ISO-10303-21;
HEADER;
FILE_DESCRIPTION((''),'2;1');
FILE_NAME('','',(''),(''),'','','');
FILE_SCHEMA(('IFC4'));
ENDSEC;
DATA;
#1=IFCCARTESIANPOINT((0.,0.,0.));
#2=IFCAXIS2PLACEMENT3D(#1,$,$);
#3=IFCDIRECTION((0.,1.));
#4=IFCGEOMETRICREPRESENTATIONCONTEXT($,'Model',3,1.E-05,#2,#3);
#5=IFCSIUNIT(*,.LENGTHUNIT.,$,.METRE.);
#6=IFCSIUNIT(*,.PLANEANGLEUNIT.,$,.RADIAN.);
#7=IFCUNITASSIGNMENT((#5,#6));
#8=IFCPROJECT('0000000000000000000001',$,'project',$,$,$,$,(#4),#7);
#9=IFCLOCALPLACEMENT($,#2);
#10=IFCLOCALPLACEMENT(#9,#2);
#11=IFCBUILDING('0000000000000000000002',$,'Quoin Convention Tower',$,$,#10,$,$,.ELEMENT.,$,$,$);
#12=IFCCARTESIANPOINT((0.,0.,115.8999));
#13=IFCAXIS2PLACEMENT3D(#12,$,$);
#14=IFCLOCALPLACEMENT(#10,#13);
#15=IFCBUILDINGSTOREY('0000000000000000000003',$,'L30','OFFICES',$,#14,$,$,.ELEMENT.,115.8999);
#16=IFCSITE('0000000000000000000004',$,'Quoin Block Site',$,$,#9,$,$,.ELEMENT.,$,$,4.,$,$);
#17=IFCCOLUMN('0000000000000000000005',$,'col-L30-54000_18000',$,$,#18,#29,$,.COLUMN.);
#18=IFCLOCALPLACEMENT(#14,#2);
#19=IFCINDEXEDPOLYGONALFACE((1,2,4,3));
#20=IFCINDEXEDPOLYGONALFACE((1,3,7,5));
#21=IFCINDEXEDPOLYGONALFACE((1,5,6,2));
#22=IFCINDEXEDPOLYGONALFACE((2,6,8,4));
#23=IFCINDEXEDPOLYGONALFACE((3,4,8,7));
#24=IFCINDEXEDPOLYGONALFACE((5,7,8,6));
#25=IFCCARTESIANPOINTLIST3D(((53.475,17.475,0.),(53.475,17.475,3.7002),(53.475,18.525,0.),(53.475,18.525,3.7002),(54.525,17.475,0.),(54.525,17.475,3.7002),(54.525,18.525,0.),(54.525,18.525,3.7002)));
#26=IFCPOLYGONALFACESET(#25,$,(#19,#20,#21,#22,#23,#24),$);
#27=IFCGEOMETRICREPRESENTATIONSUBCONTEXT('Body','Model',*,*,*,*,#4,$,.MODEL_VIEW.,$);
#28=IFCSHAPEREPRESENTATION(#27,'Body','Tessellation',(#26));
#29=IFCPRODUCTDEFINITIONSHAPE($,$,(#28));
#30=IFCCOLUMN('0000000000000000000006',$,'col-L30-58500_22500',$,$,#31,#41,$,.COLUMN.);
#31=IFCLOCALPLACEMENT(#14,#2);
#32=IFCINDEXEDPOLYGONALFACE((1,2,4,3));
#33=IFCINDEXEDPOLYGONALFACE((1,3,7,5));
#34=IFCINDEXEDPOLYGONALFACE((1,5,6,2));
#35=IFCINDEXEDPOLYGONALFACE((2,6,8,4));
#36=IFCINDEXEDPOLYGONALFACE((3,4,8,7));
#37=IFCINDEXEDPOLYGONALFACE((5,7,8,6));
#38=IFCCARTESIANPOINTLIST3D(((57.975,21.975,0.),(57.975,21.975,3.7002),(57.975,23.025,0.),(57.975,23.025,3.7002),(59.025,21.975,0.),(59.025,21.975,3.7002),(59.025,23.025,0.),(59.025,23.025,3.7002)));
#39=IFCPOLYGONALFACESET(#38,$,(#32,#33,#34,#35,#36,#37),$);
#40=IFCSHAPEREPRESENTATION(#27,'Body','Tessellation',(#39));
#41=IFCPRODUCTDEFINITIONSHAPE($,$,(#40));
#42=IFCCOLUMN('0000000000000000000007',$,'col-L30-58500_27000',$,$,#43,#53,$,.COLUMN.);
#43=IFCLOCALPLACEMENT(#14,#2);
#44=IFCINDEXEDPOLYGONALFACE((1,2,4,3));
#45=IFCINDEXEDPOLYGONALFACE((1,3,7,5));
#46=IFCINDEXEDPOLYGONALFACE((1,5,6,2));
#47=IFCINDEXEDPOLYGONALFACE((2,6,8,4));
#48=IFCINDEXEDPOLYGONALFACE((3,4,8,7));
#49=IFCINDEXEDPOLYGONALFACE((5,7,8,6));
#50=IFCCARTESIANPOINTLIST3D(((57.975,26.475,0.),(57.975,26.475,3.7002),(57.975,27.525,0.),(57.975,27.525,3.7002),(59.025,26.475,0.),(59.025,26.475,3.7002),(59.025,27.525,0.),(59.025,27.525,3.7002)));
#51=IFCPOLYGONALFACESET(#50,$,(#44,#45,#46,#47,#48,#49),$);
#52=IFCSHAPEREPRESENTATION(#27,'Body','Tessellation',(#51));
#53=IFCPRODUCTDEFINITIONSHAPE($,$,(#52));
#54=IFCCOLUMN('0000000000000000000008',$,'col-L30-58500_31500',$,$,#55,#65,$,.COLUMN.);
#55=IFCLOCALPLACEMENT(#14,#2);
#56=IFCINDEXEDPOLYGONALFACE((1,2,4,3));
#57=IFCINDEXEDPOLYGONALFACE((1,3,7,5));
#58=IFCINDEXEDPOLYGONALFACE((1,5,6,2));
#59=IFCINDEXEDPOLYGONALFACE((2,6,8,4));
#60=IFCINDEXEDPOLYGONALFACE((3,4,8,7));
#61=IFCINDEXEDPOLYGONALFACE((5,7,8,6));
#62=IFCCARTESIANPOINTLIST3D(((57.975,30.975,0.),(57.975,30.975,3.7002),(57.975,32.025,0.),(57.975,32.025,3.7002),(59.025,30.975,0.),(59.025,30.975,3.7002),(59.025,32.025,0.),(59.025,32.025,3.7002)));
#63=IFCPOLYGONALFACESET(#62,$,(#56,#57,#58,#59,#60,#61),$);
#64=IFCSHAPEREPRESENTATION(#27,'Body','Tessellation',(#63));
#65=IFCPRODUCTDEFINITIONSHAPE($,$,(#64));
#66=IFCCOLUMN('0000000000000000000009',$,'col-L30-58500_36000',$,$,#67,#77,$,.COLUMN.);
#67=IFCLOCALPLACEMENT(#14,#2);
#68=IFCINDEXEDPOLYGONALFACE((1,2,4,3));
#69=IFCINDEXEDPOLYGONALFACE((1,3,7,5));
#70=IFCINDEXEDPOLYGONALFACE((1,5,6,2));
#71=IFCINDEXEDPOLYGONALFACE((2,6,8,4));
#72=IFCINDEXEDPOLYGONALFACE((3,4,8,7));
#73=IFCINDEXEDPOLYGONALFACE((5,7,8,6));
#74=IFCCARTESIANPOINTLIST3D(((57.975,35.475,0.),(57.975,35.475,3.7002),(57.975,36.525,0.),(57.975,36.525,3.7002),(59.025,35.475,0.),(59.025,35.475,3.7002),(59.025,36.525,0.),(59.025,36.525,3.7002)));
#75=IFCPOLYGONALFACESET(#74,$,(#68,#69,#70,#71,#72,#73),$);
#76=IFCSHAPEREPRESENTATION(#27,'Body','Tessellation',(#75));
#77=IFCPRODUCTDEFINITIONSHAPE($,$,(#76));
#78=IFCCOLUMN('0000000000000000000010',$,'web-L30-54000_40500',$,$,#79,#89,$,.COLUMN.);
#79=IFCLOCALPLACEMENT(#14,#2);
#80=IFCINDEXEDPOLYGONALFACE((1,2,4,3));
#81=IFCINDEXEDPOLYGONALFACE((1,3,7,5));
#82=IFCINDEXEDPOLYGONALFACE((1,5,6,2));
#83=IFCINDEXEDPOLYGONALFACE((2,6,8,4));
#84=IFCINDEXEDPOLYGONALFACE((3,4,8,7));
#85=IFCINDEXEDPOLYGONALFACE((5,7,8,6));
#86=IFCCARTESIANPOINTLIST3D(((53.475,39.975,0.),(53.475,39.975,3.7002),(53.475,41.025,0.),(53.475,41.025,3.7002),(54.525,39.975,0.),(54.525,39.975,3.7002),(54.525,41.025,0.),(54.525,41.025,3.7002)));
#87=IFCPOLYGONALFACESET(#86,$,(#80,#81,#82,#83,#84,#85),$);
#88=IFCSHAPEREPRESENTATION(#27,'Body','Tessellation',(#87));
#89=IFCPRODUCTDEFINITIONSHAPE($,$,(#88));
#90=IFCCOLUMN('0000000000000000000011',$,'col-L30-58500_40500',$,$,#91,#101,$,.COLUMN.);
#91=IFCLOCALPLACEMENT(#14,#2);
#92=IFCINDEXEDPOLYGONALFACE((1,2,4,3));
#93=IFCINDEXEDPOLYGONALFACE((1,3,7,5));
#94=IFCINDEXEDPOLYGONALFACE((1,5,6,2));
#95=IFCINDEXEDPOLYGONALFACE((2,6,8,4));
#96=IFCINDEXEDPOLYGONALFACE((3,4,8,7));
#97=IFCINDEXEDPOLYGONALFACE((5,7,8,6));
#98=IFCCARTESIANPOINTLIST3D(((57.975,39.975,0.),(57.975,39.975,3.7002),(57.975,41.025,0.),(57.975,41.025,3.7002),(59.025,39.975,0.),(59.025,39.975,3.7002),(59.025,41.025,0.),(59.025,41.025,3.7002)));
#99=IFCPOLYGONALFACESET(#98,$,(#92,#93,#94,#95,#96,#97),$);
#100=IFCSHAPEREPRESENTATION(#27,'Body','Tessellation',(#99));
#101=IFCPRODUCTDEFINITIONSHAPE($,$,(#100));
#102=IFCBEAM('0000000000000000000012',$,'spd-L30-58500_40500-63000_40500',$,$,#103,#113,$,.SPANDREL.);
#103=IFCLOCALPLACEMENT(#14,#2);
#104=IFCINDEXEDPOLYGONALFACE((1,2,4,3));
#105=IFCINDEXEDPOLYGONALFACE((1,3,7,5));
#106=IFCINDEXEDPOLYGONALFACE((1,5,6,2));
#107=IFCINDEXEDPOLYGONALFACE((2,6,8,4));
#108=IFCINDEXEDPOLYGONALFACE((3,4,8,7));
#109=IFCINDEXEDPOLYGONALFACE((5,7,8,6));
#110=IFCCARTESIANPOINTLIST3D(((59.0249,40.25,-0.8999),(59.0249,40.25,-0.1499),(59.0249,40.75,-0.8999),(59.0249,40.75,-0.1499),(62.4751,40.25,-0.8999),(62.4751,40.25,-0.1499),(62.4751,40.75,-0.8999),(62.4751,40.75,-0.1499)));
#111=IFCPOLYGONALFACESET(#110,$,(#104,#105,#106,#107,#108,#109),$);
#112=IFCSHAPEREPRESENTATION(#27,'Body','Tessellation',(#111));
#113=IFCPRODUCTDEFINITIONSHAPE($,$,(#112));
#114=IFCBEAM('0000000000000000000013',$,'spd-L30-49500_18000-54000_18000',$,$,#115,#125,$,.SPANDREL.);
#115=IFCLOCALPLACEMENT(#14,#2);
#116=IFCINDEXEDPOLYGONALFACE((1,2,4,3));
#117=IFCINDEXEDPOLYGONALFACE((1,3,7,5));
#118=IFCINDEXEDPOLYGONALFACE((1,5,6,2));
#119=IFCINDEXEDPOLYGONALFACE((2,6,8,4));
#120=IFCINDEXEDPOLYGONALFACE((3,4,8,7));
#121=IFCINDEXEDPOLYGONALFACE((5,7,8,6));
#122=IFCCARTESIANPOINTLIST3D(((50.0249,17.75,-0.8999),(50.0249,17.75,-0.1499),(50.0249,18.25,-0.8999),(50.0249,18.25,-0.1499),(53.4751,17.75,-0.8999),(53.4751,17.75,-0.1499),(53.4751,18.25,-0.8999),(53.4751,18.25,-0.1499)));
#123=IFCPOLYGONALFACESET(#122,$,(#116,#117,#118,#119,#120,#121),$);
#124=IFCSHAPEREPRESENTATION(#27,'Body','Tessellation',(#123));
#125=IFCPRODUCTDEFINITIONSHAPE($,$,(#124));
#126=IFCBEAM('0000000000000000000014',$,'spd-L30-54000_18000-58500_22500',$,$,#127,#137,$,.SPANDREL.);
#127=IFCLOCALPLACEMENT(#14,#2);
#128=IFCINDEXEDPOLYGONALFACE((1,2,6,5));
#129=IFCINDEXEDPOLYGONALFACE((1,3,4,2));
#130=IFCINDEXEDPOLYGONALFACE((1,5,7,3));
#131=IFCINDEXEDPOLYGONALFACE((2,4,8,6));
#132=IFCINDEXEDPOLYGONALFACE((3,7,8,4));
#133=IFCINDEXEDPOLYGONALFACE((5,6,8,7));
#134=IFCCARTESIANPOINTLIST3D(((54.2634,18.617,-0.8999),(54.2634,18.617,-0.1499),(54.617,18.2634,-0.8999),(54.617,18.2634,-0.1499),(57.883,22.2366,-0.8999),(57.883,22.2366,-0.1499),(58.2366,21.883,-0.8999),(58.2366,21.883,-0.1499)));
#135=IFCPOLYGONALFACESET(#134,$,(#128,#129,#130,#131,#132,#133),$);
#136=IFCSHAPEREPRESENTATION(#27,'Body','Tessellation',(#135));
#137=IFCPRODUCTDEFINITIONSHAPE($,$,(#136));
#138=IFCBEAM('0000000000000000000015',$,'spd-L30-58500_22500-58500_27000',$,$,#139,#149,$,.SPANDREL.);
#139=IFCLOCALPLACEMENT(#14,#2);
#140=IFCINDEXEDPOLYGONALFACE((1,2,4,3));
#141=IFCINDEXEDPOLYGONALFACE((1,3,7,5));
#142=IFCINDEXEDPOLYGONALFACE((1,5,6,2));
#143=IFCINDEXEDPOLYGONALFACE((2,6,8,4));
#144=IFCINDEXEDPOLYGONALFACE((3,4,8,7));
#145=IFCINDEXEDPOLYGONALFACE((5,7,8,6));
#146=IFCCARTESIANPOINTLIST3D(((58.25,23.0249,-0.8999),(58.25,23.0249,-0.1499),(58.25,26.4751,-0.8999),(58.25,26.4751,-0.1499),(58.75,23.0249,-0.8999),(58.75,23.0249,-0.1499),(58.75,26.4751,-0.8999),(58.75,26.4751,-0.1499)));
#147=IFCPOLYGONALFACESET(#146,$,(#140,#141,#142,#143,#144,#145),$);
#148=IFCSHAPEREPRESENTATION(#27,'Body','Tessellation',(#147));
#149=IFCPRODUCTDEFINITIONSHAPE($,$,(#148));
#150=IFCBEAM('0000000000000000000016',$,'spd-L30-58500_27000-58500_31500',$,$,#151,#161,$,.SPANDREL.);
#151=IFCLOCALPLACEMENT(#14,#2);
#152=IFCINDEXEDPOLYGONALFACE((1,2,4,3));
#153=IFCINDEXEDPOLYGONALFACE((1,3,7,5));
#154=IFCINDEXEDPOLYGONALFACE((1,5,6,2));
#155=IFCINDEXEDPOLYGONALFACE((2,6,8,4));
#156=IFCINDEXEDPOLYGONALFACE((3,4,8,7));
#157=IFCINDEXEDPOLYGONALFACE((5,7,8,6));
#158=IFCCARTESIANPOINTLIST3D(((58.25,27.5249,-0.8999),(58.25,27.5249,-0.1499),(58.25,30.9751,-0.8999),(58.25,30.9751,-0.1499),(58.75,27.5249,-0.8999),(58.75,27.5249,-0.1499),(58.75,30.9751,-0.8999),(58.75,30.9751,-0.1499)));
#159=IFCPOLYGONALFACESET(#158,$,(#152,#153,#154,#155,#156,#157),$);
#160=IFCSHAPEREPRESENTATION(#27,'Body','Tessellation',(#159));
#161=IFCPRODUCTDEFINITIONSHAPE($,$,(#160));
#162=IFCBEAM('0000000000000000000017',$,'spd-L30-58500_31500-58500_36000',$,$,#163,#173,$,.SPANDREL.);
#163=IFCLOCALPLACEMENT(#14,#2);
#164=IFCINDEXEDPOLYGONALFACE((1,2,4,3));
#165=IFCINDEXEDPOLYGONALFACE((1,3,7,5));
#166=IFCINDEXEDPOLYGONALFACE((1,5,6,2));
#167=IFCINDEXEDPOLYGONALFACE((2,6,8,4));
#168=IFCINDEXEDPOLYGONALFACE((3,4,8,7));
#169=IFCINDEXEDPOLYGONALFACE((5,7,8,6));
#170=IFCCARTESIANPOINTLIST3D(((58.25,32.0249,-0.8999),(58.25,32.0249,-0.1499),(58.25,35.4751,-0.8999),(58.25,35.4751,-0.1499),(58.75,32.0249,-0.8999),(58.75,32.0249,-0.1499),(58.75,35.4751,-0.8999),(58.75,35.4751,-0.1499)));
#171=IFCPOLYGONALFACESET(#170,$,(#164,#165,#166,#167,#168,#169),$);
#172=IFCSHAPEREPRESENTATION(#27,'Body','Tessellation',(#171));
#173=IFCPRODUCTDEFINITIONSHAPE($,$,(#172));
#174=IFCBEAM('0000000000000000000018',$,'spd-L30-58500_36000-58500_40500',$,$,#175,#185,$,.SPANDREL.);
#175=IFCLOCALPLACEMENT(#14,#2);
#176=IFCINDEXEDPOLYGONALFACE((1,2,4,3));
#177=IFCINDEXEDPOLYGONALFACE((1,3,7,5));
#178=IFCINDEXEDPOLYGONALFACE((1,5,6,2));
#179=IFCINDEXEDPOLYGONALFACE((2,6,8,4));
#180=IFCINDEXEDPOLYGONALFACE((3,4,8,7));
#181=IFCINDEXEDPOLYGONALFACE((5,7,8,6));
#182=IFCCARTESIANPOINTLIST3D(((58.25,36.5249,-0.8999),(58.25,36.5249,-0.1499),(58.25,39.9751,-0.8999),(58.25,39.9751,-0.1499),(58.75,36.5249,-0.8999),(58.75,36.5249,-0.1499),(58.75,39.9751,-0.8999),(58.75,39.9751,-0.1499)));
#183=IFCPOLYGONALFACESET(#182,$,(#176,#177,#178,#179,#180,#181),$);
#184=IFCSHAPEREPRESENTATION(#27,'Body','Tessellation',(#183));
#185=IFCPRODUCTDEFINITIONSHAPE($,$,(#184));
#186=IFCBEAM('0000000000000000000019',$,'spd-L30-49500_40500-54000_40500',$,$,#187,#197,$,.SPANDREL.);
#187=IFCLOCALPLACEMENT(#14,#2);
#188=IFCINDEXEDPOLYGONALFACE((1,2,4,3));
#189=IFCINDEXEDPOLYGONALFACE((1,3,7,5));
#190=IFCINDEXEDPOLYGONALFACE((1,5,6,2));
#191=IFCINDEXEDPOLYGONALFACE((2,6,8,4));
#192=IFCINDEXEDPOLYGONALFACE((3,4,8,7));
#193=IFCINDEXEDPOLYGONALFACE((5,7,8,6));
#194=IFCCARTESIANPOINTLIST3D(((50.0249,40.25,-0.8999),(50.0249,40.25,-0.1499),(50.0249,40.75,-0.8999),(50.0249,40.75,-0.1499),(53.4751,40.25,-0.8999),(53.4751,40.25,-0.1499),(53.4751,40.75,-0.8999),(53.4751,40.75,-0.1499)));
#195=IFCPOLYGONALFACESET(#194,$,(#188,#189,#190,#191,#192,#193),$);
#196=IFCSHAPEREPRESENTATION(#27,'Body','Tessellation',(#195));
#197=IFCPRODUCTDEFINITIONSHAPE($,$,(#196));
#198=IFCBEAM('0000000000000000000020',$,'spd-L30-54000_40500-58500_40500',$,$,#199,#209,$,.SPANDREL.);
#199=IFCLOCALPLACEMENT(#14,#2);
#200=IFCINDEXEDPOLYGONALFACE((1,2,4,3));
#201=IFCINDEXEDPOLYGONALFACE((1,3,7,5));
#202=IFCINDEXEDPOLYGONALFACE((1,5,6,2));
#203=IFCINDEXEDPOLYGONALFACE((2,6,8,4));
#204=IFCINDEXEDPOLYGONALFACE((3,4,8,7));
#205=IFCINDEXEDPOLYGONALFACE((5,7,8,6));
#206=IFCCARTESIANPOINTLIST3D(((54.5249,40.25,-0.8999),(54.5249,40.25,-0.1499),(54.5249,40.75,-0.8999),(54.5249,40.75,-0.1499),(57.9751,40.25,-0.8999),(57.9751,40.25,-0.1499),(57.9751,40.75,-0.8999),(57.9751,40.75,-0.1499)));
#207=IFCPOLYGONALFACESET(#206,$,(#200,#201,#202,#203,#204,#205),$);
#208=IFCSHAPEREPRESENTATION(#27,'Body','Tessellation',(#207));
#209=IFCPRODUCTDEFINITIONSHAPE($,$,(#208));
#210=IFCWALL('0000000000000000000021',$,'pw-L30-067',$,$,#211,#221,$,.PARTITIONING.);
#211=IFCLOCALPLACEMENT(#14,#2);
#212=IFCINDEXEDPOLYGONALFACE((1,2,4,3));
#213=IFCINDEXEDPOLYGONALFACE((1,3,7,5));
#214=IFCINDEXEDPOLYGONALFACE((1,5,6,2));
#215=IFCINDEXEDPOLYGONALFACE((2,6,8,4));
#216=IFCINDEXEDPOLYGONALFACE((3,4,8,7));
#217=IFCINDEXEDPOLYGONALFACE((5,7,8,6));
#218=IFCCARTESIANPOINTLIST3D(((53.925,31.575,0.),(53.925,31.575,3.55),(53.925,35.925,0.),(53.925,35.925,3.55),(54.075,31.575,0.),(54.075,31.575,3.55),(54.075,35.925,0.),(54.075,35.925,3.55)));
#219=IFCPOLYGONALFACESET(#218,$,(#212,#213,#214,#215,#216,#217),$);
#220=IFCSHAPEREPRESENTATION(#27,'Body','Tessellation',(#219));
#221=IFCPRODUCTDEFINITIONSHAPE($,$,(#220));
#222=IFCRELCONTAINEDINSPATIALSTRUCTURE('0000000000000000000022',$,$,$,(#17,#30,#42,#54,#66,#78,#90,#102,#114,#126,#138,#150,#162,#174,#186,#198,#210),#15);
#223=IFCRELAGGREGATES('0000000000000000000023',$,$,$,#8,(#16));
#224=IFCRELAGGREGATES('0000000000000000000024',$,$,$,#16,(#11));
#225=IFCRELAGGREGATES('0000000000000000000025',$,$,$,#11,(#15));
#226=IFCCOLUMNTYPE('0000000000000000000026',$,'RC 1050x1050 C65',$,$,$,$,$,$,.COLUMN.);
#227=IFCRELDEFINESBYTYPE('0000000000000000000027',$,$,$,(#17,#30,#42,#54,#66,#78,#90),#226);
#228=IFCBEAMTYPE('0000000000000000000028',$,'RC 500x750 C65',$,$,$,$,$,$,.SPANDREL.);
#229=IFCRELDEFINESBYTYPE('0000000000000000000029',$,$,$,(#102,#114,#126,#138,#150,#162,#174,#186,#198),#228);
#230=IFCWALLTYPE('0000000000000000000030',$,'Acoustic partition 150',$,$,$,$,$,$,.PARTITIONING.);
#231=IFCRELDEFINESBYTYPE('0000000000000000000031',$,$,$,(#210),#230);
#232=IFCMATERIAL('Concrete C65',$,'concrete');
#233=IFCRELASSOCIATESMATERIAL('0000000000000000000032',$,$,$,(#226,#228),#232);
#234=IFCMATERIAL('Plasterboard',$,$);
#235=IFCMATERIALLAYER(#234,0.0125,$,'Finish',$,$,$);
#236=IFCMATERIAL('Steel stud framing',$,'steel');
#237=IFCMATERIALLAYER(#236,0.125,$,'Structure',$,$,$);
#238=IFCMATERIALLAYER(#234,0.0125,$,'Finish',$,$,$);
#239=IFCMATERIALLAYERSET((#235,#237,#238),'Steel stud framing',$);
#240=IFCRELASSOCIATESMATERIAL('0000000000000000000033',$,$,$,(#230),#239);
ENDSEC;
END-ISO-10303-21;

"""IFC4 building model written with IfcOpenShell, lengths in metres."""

from ifc_helpers import new_model, si_unit, direction, frame, frame_2d, origin, origin_2d, place, context, subcontext, project, spatial, rectangle, extrude, material, layer, layer_set, material_profile, profile_set, type_object, element, save


model = new_model("IFC4")

# Units and contexts
model_context = context("Model", 3, precision=1e-05, world=origin(), true_north=direction((0.0, 1.0)))
body_context = subcontext(model_context, "Body", "Model", "MODEL_VIEW")
ifc_project = project(units=[si_unit("LENGTHUNIT", "METRE"), si_unit("PLANEANGLEUNIT", "RADIAN")], contexts=[model_context])

# Site, building, storey
site_placement = place(None, origin())
site = spatial("IfcSite", under=ifc_project, at=site_placement, Name="Quoin Block Site", CompositionType="ELEMENT", RefElevation=4.0)
building_placement = place(site_placement, origin())
building = spatial("IfcBuilding", under=site, at=building_placement, Name="Quoin Convention Tower", CompositionType="ELEMENT")
storey_placement = place(building_placement, frame((0.0, 0.0, 115.8999)))
storey = spatial("IfcBuildingStorey", under=building, at=storey_placement, Name="L30", Description="OFFICES", CompositionType="ELEMENT", Elevation=115.8999)

# Columns
ifc_material_1 = material(Name="Concrete C65", Category="concrete")
ifc_material_profile_1 = material_profile(ifc_material_1, rectangle(XDim=1.05, YDim=1.05, at=origin_2d()), Name="RC 1050x1050")
ifc_profile_set_1 = profile_set([ifc_material_profile_1], Name="Concrete C65")
column_type = type_object("IfcColumnType", Name="RC 1050x1050 C65", PredefinedType="COLUMN", material=ifc_profile_set_1)
for number, where, z_axis, x_axis, name in (
    (1, (54.0, 18.0, 0.0), (0.0, 0.0, 1.0), (1.0, 0.0, 0.0), "col-L30-54000_18000"),
    (2, (58.5, 22.5, 0.0), (0.0, 0.0, 1.0), (1.0, 0.0, 0.0), "col-L30-58500_22500"),
    (3, (58.5, 27.0, 0.0), (0.0, 0.0, 1.0), (1.0, 0.0, 0.0), "col-L30-58500_27000"),
    (4, (58.5, 31.5, 0.0), (0.0, 0.0, 1.0), (1.0, 0.0, 0.0), "col-L30-58500_31500"),
    (5, (58.5, 36.0, 0.0), (0.0, 0.0, 1.0), (1.0, 0.0, 0.0), "col-L30-58500_36000"),
    (6, (54.0, 40.5, 0.0), (0.0, 0.0, 1.0), (1.0, 0.0, 0.0), "web-L30-54000_40500"),
    (7, (58.5, 40.5, 0.0), (0.0, 0.0, 1.0), (1.0, 0.0, 0.0), "col-L30-58500_40500"),
):
    element("IfcColumn", number, at=place(storey_placement, frame(where, z_axis=z_axis, x_axis=x_axis)), inside=storey, type_object=column_type, Name=name, PredefinedType="COLUMN", context=body_context, shape_type="SweptSolid", body=[
        extrude(rectangle(XDim=1.05, YDim=1.05, at=origin_2d()), origin(), (0.0, 0.0, 1.0), 3.7002),
    ])

# Beams
ifc_material_profile_2 = material_profile(ifc_material_1, rectangle(XDim=0.5, YDim=0.75, at=origin_2d()), Name="RC 500x750")
ifc_profile_set_2 = profile_set([ifc_material_profile_2], Name="Concrete C65")
beam_type = type_object("IfcBeamType", Name="RC 500x750 C65", PredefinedType="SPANDREL", material=ifc_profile_set_2)
for number, where, z_axis, x_axis, name in (
    (8, (59.0249, 40.5, -0.5249), (1.0, 0.0, 0.0), (0.0, 1.0, 0.0), "spd-L30-58500_40500-63000_40500"),
    (9, (50.0249, 18.0, -0.5249), (1.0, 0.0, 0.0), (0.0, 1.0, 0.0), "spd-L30-49500_18000-54000_18000"),
):
    element("IfcBeam", number, at=place(storey_placement, frame(where, z_axis=z_axis, x_axis=x_axis)), inside=storey, type_object=beam_type, Name=name, PredefinedType="SPANDREL", context=body_context, shape_type="SweptSolid", body=[
        extrude(rectangle(XDim=0.5, YDim=0.75, at=origin_2d()), origin(), (0.0, 0.0, 1.0), 3.4502),
    ])
beam_placement = place(storey_placement, frame((54.4402, 18.4402, -0.5249), z_axis=(0.707107, 0.707107, 0.0), x_axis=(-0.707107, 0.707107, 0.0)))
element("IfcBeam", 10, at=beam_placement, inside=storey, type_object=beam_type, Name="spd-L30-54000_18000-58500_22500", PredefinedType="SPANDREL", context=body_context, shape_type="SweptSolid", body=[
    extrude(rectangle(XDim=0.5, YDim=0.75, at=origin_2d()), origin(), (0.0, 0.0, 1.0), 5.1189),
])
for number, where, z_axis, x_axis, name in (
    (11, (58.5, 23.0249, -0.5249), (0.0, 1.0, 0.0), (-1.0, 0.0, 0.0), "spd-L30-58500_22500-58500_27000"),
    (12, (58.5, 27.5249, -0.5249), (0.0, 1.0, 0.0), (-1.0, 0.0, 0.0), "spd-L30-58500_27000-58500_31500"),
    (13, (58.5, 32.0249, -0.5249), (0.0, 1.0, 0.0), (-1.0, 0.0, 0.0), "spd-L30-58500_31500-58500_36000"),
    (14, (58.5, 36.5249, -0.5249), (0.0, 1.0, 0.0), (-1.0, 0.0, 0.0), "spd-L30-58500_36000-58500_40500"),
    (15, (50.0249, 40.5, -0.5249), (1.0, 0.0, 0.0), (0.0, 1.0, 0.0), "spd-L30-49500_40500-54000_40500"),
    (16, (54.5249, 40.5, -0.5249), (1.0, 0.0, 0.0), (0.0, 1.0, 0.0), "spd-L30-54000_40500-58500_40500"),
):
    element("IfcBeam", number, at=place(storey_placement, frame(where, z_axis=z_axis, x_axis=x_axis)), inside=storey, type_object=beam_type, Name=name, PredefinedType="SPANDREL", context=body_context, shape_type="SweptSolid", body=[
        extrude(rectangle(XDim=0.5, YDim=0.75, at=origin_2d()), origin(), (0.0, 0.0, 1.0), 3.4502),
    ])

# Wall
ifc_material_2 = material(Name="Plasterboard")
ifc_layer_1 = layer(ifc_material_2, 0.0125, Name="Finish")
ifc_material_3 = material(Name="Steel stud framing", Category="steel")
ifc_layer_2 = layer(ifc_material_3, 0.125, Name="Structure")
ifc_layer_3 = layer(ifc_material_2, 0.0125, Name="Finish")
ifc_layer_set_1 = layer_set([ifc_layer_1, ifc_layer_2, ifc_layer_3], Name="Steel stud framing")
wall_type_1 = type_object("IfcWallType", Name="Acoustic partition 150", PredefinedType="PARTITIONING", material=ifc_layer_set_1)
wall_1_placement = place(storey_placement, frame((54.0, 31.575, 0.0), z_axis=(0.0, 0.0, 1.0), x_axis=(0.0, 1.0, 0.0)))
element("IfcWall", 17, at=wall_1_placement, inside=storey, type_object=wall_type_1, Name="pw-L30-067", PredefinedType="PARTITIONING", context=body_context, shape_type="SweptSolid", body=[
    extrude(rectangle(XDim=4.3501, YDim=0.1499, at=frame_2d((2.175, 0.0))), origin(), (0.0, 0.0, 1.0), 3.55),
])

save(model, "model.ifc")
